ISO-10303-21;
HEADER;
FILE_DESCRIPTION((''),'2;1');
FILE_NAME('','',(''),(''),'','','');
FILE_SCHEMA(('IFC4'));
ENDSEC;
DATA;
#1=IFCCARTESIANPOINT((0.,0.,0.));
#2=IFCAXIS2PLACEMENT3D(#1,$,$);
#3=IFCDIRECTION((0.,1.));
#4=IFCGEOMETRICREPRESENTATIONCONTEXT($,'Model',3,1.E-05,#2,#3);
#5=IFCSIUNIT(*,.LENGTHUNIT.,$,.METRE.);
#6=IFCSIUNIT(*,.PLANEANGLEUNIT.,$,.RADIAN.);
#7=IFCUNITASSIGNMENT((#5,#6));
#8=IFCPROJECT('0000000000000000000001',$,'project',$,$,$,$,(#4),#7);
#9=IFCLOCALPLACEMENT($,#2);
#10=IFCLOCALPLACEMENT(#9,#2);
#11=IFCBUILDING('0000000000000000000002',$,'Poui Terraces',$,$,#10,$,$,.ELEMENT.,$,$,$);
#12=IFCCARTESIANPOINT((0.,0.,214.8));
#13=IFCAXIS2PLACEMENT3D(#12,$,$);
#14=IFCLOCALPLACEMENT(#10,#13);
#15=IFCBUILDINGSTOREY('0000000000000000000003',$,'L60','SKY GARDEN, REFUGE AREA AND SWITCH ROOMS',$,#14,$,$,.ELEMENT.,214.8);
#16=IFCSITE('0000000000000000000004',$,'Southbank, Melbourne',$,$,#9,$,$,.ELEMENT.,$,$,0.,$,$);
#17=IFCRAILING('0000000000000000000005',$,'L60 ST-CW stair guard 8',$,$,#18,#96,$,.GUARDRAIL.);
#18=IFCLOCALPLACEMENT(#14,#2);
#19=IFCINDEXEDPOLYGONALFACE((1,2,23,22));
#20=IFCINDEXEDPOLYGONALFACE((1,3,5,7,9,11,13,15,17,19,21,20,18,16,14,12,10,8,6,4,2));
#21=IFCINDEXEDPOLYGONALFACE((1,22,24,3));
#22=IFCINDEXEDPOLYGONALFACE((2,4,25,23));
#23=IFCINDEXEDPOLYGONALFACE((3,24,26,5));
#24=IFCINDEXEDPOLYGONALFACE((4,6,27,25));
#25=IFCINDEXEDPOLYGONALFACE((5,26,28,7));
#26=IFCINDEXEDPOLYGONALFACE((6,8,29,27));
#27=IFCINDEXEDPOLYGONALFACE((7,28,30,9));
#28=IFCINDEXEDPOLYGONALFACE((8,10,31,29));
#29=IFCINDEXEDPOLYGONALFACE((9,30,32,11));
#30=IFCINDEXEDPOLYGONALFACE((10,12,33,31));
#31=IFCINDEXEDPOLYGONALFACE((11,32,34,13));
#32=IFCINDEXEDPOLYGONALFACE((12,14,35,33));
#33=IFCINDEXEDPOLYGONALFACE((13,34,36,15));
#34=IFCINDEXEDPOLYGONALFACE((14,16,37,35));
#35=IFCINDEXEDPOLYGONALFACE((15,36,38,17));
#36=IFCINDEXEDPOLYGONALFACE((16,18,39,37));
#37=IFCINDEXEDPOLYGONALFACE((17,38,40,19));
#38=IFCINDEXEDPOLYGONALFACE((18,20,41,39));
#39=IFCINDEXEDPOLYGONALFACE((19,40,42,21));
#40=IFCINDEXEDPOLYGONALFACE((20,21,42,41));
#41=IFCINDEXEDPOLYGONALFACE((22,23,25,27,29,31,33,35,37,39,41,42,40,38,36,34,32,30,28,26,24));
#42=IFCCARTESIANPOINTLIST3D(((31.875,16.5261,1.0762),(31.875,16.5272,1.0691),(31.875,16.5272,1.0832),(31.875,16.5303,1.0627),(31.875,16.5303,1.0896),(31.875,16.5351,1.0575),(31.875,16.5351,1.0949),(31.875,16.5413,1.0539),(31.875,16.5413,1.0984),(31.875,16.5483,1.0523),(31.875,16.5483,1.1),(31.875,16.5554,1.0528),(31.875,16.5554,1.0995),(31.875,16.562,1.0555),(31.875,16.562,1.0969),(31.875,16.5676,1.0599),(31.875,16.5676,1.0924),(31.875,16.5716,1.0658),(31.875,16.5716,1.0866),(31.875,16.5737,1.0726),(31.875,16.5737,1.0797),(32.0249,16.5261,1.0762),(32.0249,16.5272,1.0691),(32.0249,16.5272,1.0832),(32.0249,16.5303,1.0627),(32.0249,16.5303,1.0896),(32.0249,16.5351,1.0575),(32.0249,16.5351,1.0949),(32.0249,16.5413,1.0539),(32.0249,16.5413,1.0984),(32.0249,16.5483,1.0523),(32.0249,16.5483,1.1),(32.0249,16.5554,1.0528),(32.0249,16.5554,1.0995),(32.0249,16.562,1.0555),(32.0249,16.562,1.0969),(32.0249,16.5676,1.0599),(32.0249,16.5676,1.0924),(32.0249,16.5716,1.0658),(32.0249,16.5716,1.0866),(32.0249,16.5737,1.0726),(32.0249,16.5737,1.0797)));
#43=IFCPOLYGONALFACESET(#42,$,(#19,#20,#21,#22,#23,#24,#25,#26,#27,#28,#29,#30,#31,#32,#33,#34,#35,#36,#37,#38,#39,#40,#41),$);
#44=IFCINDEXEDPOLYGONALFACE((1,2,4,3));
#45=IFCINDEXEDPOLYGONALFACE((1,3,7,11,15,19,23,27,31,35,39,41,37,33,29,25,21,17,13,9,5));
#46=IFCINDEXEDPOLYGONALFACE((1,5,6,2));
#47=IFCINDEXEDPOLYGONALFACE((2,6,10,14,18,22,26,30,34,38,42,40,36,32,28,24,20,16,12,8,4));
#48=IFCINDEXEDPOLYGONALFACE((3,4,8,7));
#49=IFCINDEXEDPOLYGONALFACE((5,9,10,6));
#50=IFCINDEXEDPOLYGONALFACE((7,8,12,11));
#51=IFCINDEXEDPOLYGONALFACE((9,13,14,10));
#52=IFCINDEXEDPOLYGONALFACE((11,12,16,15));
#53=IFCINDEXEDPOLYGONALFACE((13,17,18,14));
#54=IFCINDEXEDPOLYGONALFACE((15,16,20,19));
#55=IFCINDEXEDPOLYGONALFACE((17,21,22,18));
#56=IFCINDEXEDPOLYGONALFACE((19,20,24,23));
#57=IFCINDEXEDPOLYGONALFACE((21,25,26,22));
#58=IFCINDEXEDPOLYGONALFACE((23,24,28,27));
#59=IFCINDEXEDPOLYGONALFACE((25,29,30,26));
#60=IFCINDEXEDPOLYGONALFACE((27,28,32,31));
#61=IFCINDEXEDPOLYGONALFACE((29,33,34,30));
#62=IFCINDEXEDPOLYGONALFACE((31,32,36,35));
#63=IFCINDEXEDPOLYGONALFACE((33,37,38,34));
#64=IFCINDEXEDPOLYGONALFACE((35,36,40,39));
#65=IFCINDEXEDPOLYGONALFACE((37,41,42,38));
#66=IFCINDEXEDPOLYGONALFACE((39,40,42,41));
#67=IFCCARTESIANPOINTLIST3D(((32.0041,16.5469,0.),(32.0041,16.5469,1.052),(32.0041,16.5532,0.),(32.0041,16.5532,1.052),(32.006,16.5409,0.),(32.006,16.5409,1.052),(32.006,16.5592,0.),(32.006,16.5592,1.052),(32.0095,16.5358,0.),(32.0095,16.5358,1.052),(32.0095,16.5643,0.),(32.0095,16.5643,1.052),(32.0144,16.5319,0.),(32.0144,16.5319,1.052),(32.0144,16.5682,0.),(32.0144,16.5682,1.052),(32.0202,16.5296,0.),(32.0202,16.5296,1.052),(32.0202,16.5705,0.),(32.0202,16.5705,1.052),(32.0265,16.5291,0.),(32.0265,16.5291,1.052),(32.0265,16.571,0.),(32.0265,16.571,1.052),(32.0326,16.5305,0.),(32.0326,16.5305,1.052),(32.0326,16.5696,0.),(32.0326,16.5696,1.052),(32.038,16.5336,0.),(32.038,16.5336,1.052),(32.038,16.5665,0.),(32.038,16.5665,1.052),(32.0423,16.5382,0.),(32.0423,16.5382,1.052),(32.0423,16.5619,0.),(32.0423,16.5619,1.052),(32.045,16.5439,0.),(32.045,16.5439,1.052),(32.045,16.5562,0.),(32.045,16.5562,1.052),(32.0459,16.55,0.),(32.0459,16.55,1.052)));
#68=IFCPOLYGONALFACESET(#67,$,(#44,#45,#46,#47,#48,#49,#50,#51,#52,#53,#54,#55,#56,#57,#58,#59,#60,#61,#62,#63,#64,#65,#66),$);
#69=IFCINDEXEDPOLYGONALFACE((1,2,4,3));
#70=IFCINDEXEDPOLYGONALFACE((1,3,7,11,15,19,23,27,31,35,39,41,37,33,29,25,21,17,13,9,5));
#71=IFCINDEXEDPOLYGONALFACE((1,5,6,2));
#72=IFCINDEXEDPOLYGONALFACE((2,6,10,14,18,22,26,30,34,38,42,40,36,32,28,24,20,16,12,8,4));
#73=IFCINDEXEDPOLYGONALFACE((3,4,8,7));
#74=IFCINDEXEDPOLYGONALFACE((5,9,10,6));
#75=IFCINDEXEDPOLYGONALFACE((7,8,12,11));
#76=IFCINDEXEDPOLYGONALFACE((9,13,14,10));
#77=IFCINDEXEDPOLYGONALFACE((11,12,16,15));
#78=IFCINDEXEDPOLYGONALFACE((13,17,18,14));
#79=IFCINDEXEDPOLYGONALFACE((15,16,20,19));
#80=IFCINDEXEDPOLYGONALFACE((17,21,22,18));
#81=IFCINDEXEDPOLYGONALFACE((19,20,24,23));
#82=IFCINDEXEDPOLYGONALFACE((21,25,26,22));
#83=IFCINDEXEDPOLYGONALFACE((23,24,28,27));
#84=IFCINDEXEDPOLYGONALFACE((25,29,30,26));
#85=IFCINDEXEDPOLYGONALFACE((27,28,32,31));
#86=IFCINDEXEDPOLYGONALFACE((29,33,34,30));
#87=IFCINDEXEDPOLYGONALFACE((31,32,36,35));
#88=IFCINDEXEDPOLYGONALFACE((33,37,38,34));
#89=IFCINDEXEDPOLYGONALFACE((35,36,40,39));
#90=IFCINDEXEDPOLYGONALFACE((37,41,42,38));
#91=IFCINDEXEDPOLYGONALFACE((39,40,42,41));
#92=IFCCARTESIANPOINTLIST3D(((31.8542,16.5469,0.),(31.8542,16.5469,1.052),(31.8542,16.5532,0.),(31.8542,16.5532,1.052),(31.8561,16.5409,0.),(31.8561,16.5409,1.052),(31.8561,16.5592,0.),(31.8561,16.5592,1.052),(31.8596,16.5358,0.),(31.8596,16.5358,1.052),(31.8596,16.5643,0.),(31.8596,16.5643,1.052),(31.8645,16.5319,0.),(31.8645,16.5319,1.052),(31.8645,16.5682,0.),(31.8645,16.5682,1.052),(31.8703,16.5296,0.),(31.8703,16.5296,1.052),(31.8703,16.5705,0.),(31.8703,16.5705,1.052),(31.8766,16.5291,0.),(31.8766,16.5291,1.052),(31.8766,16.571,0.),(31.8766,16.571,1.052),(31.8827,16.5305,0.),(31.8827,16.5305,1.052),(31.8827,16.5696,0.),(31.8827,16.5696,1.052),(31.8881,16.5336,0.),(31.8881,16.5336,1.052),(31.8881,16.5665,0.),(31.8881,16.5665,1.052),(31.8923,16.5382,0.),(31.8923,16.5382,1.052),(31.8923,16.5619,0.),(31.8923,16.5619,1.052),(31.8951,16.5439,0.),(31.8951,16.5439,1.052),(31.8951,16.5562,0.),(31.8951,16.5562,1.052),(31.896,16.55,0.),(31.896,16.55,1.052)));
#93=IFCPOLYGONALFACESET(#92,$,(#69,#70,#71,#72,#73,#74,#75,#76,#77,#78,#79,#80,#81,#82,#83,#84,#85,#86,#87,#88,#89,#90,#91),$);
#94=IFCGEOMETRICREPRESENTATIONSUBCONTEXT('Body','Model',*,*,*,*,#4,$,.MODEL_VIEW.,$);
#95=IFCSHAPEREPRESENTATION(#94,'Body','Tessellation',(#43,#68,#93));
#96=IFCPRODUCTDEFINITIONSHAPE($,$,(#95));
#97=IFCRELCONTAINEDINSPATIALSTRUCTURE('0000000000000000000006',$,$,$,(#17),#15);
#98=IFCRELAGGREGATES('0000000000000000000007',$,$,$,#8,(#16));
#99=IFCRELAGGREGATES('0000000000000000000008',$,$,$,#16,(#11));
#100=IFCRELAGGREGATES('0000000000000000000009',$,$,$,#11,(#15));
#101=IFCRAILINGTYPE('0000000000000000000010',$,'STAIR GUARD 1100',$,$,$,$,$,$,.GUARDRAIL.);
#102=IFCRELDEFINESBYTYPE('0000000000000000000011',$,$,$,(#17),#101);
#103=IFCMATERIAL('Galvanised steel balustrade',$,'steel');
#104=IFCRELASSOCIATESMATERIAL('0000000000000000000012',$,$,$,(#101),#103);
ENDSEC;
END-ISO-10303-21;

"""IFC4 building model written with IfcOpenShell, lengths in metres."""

from ifc_helpers import new_model, si_unit, direction, frame, origin, origin_2d, place, context, subcontext, project, spatial, circle, extrude, material, type_object, element, save


model = new_model("IFC4")

# Units and contexts
model_context = context("Model", 3, precision=1e-05, world=origin(), true_north=direction((0.0, 1.0)))
body_context = subcontext(model_context, "Body", "Model", "MODEL_VIEW")
ifc_project = project(units=[si_unit("LENGTHUNIT", "METRE"), si_unit("PLANEANGLEUNIT", "RADIAN")], contexts=[model_context])

# Site, building, storey
site_placement = place(None, origin())
site = spatial("IfcSite", under=ifc_project, at=site_placement, Name="Southbank, Melbourne", CompositionType="ELEMENT", RefElevation=0.0)
building_placement = place(site_placement, origin())
building = spatial("IfcBuilding", under=site, at=building_placement, Name="Poui Terraces", CompositionType="ELEMENT")
storey_placement = place(building_placement, frame((0.0, 0.0, 214.8)))
storey = spatial("IfcBuildingStorey", under=building, at=storey_placement, Name="L60", Description="SKY GARDEN, REFUGE AREA AND SWITCH ROOMS", CompositionType="ELEMENT", Elevation=214.8)

# Railing
ifc_material_1 = material(Name="Galvanised steel balustrade", Category="steel")
railing_type = type_object("IfcRailingType", Name="STAIR GUARD 1100", PredefinedType="GUARDRAIL", material=ifc_material_1)
for number, where, name in (
    (1, (32.0249, 16.55, 0.0), "L60 ST-CW stair guard 8"),
):
    element("IfcRailing", number, at=place(storey_placement, frame(where)), inside=storey, type_object=railing_type, Name=name, PredefinedType="GUARDRAIL", context=body_context, shape_type="SweptSolid", body=[
        extrude(circle(Radius=0.0239, at=origin_2d()), frame((0.0, 0.0, 1.0762), z_axis=(-1.0, 0.0, 0.0), x_axis=(0.0, -1.0, 0.0)), (0.0, 0.0, 1.0), 0.1499),
        extrude(circle(Radius=0.021, at=origin_2d()), origin(), (0.0, 0.0, 1.0), 1.052),
        extrude(circle(Radius=0.021, at=origin_2d()), frame((-0.1499, 0.0, 0.0)), (0.0, 0.0, 1.0), 1.052),
    ])

save(model, "model.ifc")
